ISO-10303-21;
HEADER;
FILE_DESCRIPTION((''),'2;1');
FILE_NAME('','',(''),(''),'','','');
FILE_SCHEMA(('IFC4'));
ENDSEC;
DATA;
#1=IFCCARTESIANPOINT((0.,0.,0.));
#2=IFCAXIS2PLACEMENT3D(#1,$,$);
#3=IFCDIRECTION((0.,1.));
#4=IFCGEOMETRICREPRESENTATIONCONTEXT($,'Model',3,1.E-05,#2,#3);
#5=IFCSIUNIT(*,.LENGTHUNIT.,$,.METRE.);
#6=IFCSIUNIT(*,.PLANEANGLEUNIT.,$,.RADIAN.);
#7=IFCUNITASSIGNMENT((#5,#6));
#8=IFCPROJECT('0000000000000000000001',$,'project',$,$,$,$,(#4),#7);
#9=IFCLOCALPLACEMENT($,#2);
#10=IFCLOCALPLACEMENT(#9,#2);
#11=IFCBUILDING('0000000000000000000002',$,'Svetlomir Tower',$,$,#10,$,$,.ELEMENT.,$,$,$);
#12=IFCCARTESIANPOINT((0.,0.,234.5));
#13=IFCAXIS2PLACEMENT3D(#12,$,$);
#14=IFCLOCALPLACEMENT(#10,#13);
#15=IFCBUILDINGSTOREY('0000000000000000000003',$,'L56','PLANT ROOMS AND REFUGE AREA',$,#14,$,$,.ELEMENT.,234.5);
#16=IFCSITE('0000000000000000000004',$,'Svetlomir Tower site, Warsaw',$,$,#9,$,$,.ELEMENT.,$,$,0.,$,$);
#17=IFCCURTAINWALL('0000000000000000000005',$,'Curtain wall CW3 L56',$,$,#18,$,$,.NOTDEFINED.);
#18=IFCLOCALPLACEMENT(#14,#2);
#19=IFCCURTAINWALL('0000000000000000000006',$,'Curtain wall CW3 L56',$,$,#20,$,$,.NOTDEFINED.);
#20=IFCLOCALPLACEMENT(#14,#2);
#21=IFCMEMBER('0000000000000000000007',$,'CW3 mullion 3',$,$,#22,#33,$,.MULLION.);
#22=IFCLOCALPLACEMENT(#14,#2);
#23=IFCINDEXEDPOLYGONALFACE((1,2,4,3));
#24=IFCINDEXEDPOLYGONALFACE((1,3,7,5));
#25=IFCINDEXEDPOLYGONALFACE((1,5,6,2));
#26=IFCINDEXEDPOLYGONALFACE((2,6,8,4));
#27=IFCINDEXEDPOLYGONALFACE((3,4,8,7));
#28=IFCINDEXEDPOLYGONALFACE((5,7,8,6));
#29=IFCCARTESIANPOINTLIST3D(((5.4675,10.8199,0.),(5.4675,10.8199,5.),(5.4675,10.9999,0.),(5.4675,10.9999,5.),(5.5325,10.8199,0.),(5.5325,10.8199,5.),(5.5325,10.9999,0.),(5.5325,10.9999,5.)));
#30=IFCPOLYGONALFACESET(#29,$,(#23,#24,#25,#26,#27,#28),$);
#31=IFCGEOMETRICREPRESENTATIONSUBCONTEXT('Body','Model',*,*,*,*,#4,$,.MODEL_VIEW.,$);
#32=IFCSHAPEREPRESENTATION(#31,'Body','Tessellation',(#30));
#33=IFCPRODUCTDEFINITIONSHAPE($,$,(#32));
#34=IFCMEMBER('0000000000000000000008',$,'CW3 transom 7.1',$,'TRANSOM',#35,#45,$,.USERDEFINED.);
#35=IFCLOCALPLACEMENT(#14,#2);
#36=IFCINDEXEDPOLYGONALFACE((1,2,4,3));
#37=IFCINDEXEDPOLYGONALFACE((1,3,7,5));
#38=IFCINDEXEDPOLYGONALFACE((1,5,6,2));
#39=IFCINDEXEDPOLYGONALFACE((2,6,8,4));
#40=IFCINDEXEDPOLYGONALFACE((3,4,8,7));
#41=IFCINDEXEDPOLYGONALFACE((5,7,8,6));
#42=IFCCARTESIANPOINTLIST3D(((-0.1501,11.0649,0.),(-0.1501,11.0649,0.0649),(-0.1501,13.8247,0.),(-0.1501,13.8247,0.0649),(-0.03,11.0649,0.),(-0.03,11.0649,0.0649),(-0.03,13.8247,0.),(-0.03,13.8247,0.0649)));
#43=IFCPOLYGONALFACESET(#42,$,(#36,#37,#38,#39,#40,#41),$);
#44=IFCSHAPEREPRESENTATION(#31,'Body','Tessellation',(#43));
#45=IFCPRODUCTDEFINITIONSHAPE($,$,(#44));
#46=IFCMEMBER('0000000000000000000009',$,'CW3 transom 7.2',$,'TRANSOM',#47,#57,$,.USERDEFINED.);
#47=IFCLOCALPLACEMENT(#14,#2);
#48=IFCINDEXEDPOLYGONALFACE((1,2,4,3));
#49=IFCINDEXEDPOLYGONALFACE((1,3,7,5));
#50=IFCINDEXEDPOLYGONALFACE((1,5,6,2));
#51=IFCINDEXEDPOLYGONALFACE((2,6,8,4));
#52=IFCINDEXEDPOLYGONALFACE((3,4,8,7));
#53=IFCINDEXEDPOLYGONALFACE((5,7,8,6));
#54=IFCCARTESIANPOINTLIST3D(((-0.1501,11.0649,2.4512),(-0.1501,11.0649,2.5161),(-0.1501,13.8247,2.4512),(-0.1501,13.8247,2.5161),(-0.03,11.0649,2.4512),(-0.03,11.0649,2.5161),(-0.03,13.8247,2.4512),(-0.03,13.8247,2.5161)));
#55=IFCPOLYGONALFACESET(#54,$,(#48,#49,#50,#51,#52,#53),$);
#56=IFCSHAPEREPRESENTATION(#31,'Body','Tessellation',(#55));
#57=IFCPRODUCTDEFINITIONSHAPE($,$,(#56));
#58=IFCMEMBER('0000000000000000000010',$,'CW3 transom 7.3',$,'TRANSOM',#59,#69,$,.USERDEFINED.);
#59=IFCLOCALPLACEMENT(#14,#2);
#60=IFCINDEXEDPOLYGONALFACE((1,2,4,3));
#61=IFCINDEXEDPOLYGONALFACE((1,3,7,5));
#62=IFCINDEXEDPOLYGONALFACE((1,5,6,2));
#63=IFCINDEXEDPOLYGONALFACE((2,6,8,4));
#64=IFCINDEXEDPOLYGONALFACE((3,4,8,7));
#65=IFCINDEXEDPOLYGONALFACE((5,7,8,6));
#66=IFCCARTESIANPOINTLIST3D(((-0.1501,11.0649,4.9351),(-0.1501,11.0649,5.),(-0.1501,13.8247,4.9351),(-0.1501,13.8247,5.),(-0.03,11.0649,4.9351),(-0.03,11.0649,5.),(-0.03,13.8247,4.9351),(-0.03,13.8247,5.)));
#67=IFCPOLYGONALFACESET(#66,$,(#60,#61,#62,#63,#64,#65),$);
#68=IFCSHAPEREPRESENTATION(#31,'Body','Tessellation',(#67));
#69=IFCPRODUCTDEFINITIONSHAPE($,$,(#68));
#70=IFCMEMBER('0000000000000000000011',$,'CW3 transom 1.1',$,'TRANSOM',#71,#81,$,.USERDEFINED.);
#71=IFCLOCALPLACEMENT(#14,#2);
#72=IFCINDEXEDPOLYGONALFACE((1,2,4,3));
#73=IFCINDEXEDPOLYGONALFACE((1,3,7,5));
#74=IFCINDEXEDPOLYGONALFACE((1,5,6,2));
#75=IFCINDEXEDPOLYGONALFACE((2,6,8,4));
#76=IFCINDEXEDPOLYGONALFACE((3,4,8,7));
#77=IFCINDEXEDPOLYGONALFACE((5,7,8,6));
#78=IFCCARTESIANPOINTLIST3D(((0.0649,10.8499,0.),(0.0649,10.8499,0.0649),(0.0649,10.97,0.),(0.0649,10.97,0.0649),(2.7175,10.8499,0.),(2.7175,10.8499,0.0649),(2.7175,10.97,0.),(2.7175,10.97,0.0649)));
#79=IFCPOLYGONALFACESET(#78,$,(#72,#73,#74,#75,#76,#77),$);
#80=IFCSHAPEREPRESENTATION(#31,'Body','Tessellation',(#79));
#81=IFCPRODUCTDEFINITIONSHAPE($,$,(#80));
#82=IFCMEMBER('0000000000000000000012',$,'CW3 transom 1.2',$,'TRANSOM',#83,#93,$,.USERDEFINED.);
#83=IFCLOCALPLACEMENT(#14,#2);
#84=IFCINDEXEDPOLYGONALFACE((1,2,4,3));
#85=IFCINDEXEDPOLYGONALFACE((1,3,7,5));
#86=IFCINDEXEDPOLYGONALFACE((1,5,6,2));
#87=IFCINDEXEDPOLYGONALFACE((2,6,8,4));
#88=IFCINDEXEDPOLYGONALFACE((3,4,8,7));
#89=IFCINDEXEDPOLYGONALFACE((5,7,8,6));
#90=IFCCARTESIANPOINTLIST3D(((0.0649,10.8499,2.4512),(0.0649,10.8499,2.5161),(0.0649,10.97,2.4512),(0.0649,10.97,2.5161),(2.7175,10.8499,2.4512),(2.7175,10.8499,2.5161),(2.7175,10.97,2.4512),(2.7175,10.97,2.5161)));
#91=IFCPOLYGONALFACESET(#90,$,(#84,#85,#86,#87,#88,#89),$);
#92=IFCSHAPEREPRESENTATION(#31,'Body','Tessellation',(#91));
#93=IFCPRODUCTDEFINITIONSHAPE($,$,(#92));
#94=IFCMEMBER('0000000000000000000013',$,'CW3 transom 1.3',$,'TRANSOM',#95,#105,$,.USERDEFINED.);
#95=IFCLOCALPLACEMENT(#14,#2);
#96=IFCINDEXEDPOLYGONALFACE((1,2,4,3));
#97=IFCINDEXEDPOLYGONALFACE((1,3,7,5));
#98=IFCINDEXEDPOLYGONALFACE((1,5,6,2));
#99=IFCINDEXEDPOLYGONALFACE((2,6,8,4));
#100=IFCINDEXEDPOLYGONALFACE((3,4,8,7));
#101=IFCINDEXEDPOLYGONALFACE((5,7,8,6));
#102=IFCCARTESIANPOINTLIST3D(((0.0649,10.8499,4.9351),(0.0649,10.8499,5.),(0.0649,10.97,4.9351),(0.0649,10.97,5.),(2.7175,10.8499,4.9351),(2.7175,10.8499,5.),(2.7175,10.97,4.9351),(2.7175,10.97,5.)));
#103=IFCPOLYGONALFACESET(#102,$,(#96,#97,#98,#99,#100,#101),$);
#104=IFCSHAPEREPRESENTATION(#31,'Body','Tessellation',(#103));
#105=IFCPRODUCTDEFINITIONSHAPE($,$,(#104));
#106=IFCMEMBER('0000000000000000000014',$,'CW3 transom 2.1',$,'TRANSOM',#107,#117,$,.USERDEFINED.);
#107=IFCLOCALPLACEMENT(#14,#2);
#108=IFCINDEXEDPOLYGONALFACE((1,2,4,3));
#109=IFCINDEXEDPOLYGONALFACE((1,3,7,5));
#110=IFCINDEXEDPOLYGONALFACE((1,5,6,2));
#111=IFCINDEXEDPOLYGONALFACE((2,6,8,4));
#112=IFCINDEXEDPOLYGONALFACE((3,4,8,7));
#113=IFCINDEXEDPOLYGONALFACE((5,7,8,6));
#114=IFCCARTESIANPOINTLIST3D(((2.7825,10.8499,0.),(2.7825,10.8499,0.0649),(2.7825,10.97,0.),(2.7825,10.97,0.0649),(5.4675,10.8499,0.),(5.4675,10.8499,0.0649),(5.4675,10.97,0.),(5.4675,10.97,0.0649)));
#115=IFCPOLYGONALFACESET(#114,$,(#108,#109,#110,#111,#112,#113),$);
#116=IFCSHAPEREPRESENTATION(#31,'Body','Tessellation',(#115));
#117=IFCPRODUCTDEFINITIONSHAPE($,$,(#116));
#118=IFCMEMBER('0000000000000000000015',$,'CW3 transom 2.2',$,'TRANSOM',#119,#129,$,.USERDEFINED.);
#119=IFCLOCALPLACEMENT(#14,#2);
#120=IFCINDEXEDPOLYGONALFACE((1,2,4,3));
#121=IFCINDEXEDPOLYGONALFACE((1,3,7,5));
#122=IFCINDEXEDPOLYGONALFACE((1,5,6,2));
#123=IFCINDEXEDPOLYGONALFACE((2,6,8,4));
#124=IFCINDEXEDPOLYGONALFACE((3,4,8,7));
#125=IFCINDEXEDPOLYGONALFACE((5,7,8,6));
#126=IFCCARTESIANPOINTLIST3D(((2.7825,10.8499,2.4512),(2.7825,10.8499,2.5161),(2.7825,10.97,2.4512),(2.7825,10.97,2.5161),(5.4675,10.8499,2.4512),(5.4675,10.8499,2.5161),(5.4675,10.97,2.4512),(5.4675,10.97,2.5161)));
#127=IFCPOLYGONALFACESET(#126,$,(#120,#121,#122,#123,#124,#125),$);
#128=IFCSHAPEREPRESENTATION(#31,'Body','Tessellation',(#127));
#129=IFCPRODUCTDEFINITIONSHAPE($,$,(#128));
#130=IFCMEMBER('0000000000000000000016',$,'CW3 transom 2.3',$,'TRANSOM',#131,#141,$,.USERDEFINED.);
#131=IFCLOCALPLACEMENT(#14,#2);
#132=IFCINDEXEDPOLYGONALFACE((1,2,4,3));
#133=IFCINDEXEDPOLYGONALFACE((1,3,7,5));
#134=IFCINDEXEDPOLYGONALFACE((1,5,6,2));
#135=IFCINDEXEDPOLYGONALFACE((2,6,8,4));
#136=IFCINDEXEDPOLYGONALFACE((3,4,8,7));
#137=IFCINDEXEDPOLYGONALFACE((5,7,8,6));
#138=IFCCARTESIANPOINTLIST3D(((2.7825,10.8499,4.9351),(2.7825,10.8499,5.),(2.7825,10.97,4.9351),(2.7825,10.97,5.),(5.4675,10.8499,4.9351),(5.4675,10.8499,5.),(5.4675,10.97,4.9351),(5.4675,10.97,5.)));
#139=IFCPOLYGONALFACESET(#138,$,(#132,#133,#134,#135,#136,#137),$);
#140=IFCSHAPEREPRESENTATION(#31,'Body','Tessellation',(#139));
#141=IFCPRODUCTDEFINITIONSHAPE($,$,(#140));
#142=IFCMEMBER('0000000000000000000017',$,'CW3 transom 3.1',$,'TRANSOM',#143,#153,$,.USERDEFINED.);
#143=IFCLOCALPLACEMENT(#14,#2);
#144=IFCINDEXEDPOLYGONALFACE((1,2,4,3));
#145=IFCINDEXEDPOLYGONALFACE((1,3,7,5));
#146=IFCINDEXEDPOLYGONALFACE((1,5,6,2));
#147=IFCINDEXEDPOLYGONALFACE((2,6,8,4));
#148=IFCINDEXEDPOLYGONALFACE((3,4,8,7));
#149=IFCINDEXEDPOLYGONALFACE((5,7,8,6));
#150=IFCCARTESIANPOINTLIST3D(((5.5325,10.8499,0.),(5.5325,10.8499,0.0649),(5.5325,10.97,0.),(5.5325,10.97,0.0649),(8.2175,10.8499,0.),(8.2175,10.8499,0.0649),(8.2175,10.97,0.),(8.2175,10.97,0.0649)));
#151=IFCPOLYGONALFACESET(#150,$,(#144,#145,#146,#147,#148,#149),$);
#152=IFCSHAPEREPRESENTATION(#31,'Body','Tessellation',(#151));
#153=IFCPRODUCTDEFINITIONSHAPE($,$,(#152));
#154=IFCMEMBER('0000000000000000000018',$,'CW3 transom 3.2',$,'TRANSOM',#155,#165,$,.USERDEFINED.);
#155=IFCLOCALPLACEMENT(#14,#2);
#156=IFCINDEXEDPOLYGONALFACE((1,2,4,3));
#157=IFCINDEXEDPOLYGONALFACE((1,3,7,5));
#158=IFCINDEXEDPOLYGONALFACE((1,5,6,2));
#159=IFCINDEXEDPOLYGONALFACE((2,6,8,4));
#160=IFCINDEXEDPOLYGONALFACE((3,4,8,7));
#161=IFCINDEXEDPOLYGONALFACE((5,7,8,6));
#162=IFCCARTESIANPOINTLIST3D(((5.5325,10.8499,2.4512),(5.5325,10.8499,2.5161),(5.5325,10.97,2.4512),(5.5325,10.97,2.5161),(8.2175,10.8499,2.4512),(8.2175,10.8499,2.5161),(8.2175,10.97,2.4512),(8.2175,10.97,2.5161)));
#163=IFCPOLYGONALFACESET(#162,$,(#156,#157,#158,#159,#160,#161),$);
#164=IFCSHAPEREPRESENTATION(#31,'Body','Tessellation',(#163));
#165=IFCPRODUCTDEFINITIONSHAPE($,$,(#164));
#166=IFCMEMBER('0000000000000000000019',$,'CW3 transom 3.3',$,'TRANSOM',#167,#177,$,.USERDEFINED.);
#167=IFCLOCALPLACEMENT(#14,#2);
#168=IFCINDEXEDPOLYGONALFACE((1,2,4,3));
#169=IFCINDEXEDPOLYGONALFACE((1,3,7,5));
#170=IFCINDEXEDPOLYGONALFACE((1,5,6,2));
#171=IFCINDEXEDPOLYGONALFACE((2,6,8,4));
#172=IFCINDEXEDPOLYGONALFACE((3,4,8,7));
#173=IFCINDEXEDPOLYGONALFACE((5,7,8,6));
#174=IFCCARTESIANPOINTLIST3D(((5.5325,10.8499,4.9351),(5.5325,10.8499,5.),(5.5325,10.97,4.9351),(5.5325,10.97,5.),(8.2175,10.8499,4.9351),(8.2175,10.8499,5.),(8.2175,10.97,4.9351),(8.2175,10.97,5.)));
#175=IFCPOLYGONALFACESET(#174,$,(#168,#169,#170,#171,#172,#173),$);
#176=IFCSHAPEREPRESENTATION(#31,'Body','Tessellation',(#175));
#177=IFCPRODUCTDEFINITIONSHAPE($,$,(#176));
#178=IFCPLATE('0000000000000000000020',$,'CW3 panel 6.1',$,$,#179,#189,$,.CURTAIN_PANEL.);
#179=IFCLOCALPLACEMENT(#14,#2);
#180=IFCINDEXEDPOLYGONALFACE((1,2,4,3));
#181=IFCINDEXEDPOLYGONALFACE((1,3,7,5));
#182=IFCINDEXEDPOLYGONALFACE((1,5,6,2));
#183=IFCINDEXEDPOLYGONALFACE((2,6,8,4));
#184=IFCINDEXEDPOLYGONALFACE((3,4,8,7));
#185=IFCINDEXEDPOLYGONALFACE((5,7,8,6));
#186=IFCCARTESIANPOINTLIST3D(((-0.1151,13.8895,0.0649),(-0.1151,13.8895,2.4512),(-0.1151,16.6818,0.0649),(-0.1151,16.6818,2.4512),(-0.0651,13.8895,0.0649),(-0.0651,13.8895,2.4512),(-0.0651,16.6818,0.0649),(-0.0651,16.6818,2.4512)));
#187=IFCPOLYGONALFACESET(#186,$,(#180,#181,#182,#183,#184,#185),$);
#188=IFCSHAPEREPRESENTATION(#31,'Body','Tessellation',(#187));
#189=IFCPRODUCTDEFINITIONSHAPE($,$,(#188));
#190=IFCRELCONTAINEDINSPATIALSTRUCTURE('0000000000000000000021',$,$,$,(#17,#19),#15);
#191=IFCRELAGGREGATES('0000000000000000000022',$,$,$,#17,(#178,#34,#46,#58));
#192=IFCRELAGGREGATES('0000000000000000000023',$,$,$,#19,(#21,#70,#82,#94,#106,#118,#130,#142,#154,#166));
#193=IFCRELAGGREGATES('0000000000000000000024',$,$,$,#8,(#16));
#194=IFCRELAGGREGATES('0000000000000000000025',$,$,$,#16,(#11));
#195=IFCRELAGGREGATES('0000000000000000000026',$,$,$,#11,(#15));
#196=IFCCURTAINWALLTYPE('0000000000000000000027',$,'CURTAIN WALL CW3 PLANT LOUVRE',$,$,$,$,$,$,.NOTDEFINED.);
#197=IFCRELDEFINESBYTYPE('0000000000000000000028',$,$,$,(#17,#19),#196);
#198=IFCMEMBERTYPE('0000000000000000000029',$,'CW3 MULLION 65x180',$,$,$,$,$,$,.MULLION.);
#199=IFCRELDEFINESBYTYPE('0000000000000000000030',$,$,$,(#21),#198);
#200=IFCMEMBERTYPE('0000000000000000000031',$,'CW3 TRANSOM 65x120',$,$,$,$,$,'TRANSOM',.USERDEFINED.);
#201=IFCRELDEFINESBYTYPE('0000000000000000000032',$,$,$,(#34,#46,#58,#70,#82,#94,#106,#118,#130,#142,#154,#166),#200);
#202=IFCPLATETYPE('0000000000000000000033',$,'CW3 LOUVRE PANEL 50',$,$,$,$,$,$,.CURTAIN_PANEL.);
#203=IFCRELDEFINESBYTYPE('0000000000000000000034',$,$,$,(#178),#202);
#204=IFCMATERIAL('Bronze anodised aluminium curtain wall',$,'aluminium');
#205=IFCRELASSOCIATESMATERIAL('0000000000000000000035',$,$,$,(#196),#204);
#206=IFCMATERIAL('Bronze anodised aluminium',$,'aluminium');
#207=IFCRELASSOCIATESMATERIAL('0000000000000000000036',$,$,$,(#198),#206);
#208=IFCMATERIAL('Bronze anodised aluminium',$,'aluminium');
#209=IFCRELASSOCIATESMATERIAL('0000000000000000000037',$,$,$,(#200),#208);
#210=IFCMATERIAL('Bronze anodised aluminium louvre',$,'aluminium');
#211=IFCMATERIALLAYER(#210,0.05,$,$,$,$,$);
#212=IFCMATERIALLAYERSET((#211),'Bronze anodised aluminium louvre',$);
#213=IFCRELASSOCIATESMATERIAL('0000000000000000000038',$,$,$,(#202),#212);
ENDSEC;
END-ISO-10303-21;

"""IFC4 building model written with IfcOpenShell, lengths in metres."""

from ifc_helpers import new_model, si_unit, direction, frame, origin, origin_2d, place, context, subcontext, project, spatial, rectangle, extrude, material, layer, layer_set, material_profile, profile_set, type_object, element, aggregate, save


model = new_model("IFC4")

# Units and contexts
model_context = context("Model", 3, precision=1e-05, world=origin(), true_north=direction((0.0, 1.0)))
body_context = subcontext(model_context, "Body", "Model", "MODEL_VIEW")
ifc_project = project(units=[si_unit("LENGTHUNIT", "METRE"), si_unit("PLANEANGLEUNIT", "RADIAN")], contexts=[model_context])

# Site, building, storey
site_placement = place(None, origin())
site = spatial("IfcSite", under=ifc_project, at=site_placement, Name="Svetlomir Tower site, Warsaw", CompositionType="ELEMENT", RefElevation=0.0)
building_placement = place(site_placement, origin())
building = spatial("IfcBuilding", under=site, at=building_placement, Name="Svetlomir Tower", CompositionType="ELEMENT")
storey_placement = place(building_placement, frame((0.0, 0.0, 234.5)))
storey = spatial("IfcBuildingStorey", under=building, at=storey_placement, Name="L56", Description="PLANT ROOMS AND REFUGE AREA", CompositionType="ELEMENT", Elevation=234.5)

# Curtain walls, member
ifc_material_1 = material(Name="Bronze anodised aluminium curtain wall", Category="aluminium")
curtain_wall_type = type_object("IfcCurtainWallType", Name="CURTAIN WALL CW3 PLANT LOUVRE", PredefinedType="NOTDEFINED", material=ifc_material_1)
curtain_wall_1_placement = place(storey_placement, origin())
curtain_wall_1 = element("IfcCurtainWall", 1, at=curtain_wall_1_placement, inside=storey, type_object=curtain_wall_type, Name="Curtain wall CW3 L56", PredefinedType="NOTDEFINED")
ifc_material_2 = material(Name="Bronze anodised aluminium", Category="aluminium")
ifc_material_profile_1 = material_profile(ifc_material_2, rectangle(XDim=0.0649, YDim=0.1799, at=origin_2d()), Name="AL 65x180")
ifc_profile_set_1 = profile_set([ifc_material_profile_1], Name="Bronze anodised aluminium 6063-T6")
member_type_1 = type_object("IfcMemberType", Name="CW3 MULLION 65x180", PredefinedType="MULLION", material=ifc_profile_set_1)
curtain_wall_2_placement = place(storey_placement, origin())
curtain_wall_2 = element("IfcCurtainWall", 2, at=curtain_wall_2_placement, inside=storey, type_object=curtain_wall_type, Name="Curtain wall CW3 L56", PredefinedType="NOTDEFINED")
member_1_placement = place(storey_placement, frame((5.5, 10.9099, 0.0), z_axis=(0.0, 0.0, 1.0), x_axis=(1.0, 0.0, 0.0)))
member_1 = element("IfcMember", 3, at=member_1_placement, type_object=member_type_1, Name="CW3 mullion 3", PredefinedType="MULLION", context=body_context, shape_type="SweptSolid", body=[
    extrude(rectangle(XDim=0.0649, YDim=0.1799, at=origin_2d()), origin(), (0.0, 0.0, 1.0), 5.0),
])

# Members
ifc_material_3 = material(Name="Bronze anodised aluminium", Category="aluminium")
ifc_material_profile_2 = material_profile(ifc_material_3, rectangle(XDim=0.1201, YDim=0.0649, at=origin_2d()), Name="AL 120x65")
ifc_profile_set_2 = profile_set([ifc_material_profile_2], Name="Bronze anodised aluminium 6063-T6")
member_type_2 = type_object("IfcMemberType", Name="CW3 TRANSOM 65x120", ElementType="TRANSOM", PredefinedType="USERDEFINED", material=ifc_profile_set_2)
member_2_placement = place(storey_placement, frame((-0.0901, 13.8247, 0.0325), z_axis=(0.0, -1.0, 0.0), x_axis=(1.0, 0.0, 0.0)))
member_2 = element("IfcMember", 4, at=member_2_placement, type_object=member_type_2, Name="CW3 transom 7.1", ObjectType="TRANSOM", PredefinedType="USERDEFINED", context=body_context, shape_type="SweptSolid", body=[
    extrude(rectangle(XDim=0.1201, YDim=0.0649, at=origin_2d()), origin(), (0.0, 0.0, 1.0), 2.7598),
])
member_3_placement = place(storey_placement, frame((-0.0901, 13.8247, 2.4836), z_axis=(0.0, -1.0, 0.0), x_axis=(1.0, 0.0, 0.0)))
member_3 = element("IfcMember", 5, at=member_3_placement, type_object=member_type_2, Name="CW3 transom 7.2", ObjectType="TRANSOM", PredefinedType="USERDEFINED", context=body_context, shape_type="SweptSolid", body=[
    extrude(rectangle(XDim=0.1201, YDim=0.0649, at=origin_2d()), origin(), (0.0, 0.0, 1.0), 2.7598),
])
member_4_placement = place(storey_placement, frame((-0.0901, 13.8247, 4.9675), z_axis=(0.0, -1.0, 0.0), x_axis=(1.0, 0.0, 0.0)))
member_4 = element("IfcMember", 6, at=member_4_placement, type_object=member_type_2, Name="CW3 transom 7.3", ObjectType="TRANSOM", PredefinedType="USERDEFINED", context=body_context, shape_type="SweptSolid", body=[
    extrude(rectangle(XDim=0.1201, YDim=0.0649, at=origin_2d()), origin(), (0.0, 0.0, 1.0), 2.7598),
])
member_5_placement = place(storey_placement, frame((0.0649, 10.9099, 0.0325), z_axis=(1.0, 0.0, 0.0), x_axis=(0.0, 1.0, 0.0)))
member_5 = element("IfcMember", 7, at=member_5_placement, type_object=member_type_2, Name="CW3 transom 1.1", ObjectType="TRANSOM", PredefinedType="USERDEFINED", context=body_context, shape_type="SweptSolid", body=[
    extrude(rectangle(XDim=0.1201, YDim=0.0649, at=origin_2d()), origin(), (0.0, 0.0, 1.0), 2.6526),
])
member_6_placement = place(storey_placement, frame((0.0649, 10.9099, 2.4836), z_axis=(1.0, 0.0, 0.0), x_axis=(0.0, 1.0, 0.0)))
member_6 = element("IfcMember", 8, at=member_6_placement, type_object=member_type_2, Name="CW3 transom 1.2", ObjectType="TRANSOM", PredefinedType="USERDEFINED", context=body_context, shape_type="SweptSolid", body=[
    extrude(rectangle(XDim=0.1201, YDim=0.0649, at=origin_2d()), origin(), (0.0, 0.0, 1.0), 2.6526),
])
member_7_placement = place(storey_placement, frame((0.0649, 10.9099, 4.9675), z_axis=(1.0, 0.0, 0.0), x_axis=(0.0, 1.0, 0.0)))
member_7 = element("IfcMember", 9, at=member_7_placement, type_object=member_type_2, Name="CW3 transom 1.3", ObjectType="TRANSOM", PredefinedType="USERDEFINED", context=body_context, shape_type="SweptSolid", body=[
    extrude(rectangle(XDim=0.1201, YDim=0.0649, at=origin_2d()), origin(), (0.0, 0.0, 1.0), 2.6526),
])
member_8_placement = place(storey_placement, frame((2.7825, 10.9099, 0.0325), z_axis=(1.0, 0.0, 0.0), x_axis=(0.0, 1.0, 0.0)))
member_8 = element("IfcMember", 10, at=member_8_placement, type_object=member_type_2, Name="CW3 transom 2.1", ObjectType="TRANSOM", PredefinedType="USERDEFINED", context=body_context, shape_type="SweptSolid", body=[
    extrude(rectangle(XDim=0.1201, YDim=0.0649, at=origin_2d()), origin(), (0.0, 0.0, 1.0), 2.6851),
])
member_9_placement = place(storey_placement, frame((2.7825, 10.9099, 2.4836), z_axis=(1.0, 0.0, 0.0), x_axis=(0.0, 1.0, 0.0)))
member_9 = element("IfcMember", 11, at=member_9_placement, type_object=member_type_2, Name="CW3 transom 2.2", ObjectType="TRANSOM", PredefinedType="USERDEFINED", context=body_context, shape_type="SweptSolid", body=[
    extrude(rectangle(XDim=0.1201, YDim=0.0649, at=origin_2d()), origin(), (0.0, 0.0, 1.0), 2.6851),
])
member_10_placement = place(storey_placement, frame((2.7825, 10.9099, 4.9675), z_axis=(1.0, 0.0, 0.0), x_axis=(0.0, 1.0, 0.0)))
member_10 = element("IfcMember", 12, at=member_10_placement, type_object=member_type_2, Name="CW3 transom 2.3", ObjectType="TRANSOM", PredefinedType="USERDEFINED", context=body_context, shape_type="SweptSolid", body=[
    extrude(rectangle(XDim=0.1201, YDim=0.0649, at=origin_2d()), origin(), (0.0, 0.0, 1.0), 2.6851),
])
member_11_placement = place(storey_placement, frame((5.5325, 10.9099, 0.0325), z_axis=(1.0, 0.0, 0.0), x_axis=(0.0, 1.0, 0.0)))
member_11 = element("IfcMember", 13, at=member_11_placement, type_object=member_type_2, Name="CW3 transom 3.1", ObjectType="TRANSOM", PredefinedType="USERDEFINED", context=body_context, shape_type="SweptSolid", body=[
    extrude(rectangle(XDim=0.1201, YDim=0.0649, at=origin_2d()), origin(), (0.0, 0.0, 1.0), 2.6851),
])
member_12_placement = place(storey_placement, frame((5.5325, 10.9099, 2.4836), z_axis=(1.0, 0.0, 0.0), x_axis=(0.0, 1.0, 0.0)))
member_12 = element("IfcMember", 14, at=member_12_placement, type_object=member_type_2, Name="CW3 transom 3.2", ObjectType="TRANSOM", PredefinedType="USERDEFINED", context=body_context, shape_type="SweptSolid", body=[
    extrude(rectangle(XDim=0.1201, YDim=0.0649, at=origin_2d()), origin(), (0.0, 0.0, 1.0), 2.6851),
])
member_13_placement = place(storey_placement, frame((5.5325, 10.9099, 4.9675), z_axis=(1.0, 0.0, 0.0), x_axis=(0.0, 1.0, 0.0)))
member_13 = element("IfcMember", 15, at=member_13_placement, type_object=member_type_2, Name="CW3 transom 3.3", ObjectType="TRANSOM", PredefinedType="USERDEFINED", context=body_context, shape_type="SweptSolid", body=[
    extrude(rectangle(XDim=0.1201, YDim=0.0649, at=origin_2d()), origin(), (0.0, 0.0, 1.0), 2.6851),
])

# Plate
ifc_material_4 = material(Name="Bronze anodised aluminium louvre", Category="aluminium")
ifc_layer_1 = layer(ifc_material_4, 0.05)
ifc_layer_set_1 = layer_set([ifc_layer_1], Name="Bronze anodised aluminium louvre")
plate_type = type_object("IfcPlateType", Name="CW3 LOUVRE PANEL 50", PredefinedType="CURTAIN_PANEL", material=ifc_layer_set_1)
plate_1_placement = place(storey_placement, frame((-0.0901, 15.2856, 0.0649), z_axis=(0.0, 0.0, 1.0), x_axis=(0.0, -1.0, 0.0)))
plate_1 = element("IfcPlate", 16, at=plate_1_placement, type_object=plate_type, Name="CW3 panel 6.1", PredefinedType="CURTAIN_PANEL", context=body_context, shape_type="SweptSolid", body=[
    extrude(rectangle(XDim=2.7922, YDim=0.05, at=origin_2d()), origin(), (0.0, 0.0, 1.0), 2.3862),
])
aggregate(curtain_wall_1, [plate_1, member_2, member_3, member_4])
aggregate(curtain_wall_2, [member_1, member_5, member_6, member_7, member_8, member_9, member_10, member_11, member_12, member_13])

save(model, "model.ifc")
